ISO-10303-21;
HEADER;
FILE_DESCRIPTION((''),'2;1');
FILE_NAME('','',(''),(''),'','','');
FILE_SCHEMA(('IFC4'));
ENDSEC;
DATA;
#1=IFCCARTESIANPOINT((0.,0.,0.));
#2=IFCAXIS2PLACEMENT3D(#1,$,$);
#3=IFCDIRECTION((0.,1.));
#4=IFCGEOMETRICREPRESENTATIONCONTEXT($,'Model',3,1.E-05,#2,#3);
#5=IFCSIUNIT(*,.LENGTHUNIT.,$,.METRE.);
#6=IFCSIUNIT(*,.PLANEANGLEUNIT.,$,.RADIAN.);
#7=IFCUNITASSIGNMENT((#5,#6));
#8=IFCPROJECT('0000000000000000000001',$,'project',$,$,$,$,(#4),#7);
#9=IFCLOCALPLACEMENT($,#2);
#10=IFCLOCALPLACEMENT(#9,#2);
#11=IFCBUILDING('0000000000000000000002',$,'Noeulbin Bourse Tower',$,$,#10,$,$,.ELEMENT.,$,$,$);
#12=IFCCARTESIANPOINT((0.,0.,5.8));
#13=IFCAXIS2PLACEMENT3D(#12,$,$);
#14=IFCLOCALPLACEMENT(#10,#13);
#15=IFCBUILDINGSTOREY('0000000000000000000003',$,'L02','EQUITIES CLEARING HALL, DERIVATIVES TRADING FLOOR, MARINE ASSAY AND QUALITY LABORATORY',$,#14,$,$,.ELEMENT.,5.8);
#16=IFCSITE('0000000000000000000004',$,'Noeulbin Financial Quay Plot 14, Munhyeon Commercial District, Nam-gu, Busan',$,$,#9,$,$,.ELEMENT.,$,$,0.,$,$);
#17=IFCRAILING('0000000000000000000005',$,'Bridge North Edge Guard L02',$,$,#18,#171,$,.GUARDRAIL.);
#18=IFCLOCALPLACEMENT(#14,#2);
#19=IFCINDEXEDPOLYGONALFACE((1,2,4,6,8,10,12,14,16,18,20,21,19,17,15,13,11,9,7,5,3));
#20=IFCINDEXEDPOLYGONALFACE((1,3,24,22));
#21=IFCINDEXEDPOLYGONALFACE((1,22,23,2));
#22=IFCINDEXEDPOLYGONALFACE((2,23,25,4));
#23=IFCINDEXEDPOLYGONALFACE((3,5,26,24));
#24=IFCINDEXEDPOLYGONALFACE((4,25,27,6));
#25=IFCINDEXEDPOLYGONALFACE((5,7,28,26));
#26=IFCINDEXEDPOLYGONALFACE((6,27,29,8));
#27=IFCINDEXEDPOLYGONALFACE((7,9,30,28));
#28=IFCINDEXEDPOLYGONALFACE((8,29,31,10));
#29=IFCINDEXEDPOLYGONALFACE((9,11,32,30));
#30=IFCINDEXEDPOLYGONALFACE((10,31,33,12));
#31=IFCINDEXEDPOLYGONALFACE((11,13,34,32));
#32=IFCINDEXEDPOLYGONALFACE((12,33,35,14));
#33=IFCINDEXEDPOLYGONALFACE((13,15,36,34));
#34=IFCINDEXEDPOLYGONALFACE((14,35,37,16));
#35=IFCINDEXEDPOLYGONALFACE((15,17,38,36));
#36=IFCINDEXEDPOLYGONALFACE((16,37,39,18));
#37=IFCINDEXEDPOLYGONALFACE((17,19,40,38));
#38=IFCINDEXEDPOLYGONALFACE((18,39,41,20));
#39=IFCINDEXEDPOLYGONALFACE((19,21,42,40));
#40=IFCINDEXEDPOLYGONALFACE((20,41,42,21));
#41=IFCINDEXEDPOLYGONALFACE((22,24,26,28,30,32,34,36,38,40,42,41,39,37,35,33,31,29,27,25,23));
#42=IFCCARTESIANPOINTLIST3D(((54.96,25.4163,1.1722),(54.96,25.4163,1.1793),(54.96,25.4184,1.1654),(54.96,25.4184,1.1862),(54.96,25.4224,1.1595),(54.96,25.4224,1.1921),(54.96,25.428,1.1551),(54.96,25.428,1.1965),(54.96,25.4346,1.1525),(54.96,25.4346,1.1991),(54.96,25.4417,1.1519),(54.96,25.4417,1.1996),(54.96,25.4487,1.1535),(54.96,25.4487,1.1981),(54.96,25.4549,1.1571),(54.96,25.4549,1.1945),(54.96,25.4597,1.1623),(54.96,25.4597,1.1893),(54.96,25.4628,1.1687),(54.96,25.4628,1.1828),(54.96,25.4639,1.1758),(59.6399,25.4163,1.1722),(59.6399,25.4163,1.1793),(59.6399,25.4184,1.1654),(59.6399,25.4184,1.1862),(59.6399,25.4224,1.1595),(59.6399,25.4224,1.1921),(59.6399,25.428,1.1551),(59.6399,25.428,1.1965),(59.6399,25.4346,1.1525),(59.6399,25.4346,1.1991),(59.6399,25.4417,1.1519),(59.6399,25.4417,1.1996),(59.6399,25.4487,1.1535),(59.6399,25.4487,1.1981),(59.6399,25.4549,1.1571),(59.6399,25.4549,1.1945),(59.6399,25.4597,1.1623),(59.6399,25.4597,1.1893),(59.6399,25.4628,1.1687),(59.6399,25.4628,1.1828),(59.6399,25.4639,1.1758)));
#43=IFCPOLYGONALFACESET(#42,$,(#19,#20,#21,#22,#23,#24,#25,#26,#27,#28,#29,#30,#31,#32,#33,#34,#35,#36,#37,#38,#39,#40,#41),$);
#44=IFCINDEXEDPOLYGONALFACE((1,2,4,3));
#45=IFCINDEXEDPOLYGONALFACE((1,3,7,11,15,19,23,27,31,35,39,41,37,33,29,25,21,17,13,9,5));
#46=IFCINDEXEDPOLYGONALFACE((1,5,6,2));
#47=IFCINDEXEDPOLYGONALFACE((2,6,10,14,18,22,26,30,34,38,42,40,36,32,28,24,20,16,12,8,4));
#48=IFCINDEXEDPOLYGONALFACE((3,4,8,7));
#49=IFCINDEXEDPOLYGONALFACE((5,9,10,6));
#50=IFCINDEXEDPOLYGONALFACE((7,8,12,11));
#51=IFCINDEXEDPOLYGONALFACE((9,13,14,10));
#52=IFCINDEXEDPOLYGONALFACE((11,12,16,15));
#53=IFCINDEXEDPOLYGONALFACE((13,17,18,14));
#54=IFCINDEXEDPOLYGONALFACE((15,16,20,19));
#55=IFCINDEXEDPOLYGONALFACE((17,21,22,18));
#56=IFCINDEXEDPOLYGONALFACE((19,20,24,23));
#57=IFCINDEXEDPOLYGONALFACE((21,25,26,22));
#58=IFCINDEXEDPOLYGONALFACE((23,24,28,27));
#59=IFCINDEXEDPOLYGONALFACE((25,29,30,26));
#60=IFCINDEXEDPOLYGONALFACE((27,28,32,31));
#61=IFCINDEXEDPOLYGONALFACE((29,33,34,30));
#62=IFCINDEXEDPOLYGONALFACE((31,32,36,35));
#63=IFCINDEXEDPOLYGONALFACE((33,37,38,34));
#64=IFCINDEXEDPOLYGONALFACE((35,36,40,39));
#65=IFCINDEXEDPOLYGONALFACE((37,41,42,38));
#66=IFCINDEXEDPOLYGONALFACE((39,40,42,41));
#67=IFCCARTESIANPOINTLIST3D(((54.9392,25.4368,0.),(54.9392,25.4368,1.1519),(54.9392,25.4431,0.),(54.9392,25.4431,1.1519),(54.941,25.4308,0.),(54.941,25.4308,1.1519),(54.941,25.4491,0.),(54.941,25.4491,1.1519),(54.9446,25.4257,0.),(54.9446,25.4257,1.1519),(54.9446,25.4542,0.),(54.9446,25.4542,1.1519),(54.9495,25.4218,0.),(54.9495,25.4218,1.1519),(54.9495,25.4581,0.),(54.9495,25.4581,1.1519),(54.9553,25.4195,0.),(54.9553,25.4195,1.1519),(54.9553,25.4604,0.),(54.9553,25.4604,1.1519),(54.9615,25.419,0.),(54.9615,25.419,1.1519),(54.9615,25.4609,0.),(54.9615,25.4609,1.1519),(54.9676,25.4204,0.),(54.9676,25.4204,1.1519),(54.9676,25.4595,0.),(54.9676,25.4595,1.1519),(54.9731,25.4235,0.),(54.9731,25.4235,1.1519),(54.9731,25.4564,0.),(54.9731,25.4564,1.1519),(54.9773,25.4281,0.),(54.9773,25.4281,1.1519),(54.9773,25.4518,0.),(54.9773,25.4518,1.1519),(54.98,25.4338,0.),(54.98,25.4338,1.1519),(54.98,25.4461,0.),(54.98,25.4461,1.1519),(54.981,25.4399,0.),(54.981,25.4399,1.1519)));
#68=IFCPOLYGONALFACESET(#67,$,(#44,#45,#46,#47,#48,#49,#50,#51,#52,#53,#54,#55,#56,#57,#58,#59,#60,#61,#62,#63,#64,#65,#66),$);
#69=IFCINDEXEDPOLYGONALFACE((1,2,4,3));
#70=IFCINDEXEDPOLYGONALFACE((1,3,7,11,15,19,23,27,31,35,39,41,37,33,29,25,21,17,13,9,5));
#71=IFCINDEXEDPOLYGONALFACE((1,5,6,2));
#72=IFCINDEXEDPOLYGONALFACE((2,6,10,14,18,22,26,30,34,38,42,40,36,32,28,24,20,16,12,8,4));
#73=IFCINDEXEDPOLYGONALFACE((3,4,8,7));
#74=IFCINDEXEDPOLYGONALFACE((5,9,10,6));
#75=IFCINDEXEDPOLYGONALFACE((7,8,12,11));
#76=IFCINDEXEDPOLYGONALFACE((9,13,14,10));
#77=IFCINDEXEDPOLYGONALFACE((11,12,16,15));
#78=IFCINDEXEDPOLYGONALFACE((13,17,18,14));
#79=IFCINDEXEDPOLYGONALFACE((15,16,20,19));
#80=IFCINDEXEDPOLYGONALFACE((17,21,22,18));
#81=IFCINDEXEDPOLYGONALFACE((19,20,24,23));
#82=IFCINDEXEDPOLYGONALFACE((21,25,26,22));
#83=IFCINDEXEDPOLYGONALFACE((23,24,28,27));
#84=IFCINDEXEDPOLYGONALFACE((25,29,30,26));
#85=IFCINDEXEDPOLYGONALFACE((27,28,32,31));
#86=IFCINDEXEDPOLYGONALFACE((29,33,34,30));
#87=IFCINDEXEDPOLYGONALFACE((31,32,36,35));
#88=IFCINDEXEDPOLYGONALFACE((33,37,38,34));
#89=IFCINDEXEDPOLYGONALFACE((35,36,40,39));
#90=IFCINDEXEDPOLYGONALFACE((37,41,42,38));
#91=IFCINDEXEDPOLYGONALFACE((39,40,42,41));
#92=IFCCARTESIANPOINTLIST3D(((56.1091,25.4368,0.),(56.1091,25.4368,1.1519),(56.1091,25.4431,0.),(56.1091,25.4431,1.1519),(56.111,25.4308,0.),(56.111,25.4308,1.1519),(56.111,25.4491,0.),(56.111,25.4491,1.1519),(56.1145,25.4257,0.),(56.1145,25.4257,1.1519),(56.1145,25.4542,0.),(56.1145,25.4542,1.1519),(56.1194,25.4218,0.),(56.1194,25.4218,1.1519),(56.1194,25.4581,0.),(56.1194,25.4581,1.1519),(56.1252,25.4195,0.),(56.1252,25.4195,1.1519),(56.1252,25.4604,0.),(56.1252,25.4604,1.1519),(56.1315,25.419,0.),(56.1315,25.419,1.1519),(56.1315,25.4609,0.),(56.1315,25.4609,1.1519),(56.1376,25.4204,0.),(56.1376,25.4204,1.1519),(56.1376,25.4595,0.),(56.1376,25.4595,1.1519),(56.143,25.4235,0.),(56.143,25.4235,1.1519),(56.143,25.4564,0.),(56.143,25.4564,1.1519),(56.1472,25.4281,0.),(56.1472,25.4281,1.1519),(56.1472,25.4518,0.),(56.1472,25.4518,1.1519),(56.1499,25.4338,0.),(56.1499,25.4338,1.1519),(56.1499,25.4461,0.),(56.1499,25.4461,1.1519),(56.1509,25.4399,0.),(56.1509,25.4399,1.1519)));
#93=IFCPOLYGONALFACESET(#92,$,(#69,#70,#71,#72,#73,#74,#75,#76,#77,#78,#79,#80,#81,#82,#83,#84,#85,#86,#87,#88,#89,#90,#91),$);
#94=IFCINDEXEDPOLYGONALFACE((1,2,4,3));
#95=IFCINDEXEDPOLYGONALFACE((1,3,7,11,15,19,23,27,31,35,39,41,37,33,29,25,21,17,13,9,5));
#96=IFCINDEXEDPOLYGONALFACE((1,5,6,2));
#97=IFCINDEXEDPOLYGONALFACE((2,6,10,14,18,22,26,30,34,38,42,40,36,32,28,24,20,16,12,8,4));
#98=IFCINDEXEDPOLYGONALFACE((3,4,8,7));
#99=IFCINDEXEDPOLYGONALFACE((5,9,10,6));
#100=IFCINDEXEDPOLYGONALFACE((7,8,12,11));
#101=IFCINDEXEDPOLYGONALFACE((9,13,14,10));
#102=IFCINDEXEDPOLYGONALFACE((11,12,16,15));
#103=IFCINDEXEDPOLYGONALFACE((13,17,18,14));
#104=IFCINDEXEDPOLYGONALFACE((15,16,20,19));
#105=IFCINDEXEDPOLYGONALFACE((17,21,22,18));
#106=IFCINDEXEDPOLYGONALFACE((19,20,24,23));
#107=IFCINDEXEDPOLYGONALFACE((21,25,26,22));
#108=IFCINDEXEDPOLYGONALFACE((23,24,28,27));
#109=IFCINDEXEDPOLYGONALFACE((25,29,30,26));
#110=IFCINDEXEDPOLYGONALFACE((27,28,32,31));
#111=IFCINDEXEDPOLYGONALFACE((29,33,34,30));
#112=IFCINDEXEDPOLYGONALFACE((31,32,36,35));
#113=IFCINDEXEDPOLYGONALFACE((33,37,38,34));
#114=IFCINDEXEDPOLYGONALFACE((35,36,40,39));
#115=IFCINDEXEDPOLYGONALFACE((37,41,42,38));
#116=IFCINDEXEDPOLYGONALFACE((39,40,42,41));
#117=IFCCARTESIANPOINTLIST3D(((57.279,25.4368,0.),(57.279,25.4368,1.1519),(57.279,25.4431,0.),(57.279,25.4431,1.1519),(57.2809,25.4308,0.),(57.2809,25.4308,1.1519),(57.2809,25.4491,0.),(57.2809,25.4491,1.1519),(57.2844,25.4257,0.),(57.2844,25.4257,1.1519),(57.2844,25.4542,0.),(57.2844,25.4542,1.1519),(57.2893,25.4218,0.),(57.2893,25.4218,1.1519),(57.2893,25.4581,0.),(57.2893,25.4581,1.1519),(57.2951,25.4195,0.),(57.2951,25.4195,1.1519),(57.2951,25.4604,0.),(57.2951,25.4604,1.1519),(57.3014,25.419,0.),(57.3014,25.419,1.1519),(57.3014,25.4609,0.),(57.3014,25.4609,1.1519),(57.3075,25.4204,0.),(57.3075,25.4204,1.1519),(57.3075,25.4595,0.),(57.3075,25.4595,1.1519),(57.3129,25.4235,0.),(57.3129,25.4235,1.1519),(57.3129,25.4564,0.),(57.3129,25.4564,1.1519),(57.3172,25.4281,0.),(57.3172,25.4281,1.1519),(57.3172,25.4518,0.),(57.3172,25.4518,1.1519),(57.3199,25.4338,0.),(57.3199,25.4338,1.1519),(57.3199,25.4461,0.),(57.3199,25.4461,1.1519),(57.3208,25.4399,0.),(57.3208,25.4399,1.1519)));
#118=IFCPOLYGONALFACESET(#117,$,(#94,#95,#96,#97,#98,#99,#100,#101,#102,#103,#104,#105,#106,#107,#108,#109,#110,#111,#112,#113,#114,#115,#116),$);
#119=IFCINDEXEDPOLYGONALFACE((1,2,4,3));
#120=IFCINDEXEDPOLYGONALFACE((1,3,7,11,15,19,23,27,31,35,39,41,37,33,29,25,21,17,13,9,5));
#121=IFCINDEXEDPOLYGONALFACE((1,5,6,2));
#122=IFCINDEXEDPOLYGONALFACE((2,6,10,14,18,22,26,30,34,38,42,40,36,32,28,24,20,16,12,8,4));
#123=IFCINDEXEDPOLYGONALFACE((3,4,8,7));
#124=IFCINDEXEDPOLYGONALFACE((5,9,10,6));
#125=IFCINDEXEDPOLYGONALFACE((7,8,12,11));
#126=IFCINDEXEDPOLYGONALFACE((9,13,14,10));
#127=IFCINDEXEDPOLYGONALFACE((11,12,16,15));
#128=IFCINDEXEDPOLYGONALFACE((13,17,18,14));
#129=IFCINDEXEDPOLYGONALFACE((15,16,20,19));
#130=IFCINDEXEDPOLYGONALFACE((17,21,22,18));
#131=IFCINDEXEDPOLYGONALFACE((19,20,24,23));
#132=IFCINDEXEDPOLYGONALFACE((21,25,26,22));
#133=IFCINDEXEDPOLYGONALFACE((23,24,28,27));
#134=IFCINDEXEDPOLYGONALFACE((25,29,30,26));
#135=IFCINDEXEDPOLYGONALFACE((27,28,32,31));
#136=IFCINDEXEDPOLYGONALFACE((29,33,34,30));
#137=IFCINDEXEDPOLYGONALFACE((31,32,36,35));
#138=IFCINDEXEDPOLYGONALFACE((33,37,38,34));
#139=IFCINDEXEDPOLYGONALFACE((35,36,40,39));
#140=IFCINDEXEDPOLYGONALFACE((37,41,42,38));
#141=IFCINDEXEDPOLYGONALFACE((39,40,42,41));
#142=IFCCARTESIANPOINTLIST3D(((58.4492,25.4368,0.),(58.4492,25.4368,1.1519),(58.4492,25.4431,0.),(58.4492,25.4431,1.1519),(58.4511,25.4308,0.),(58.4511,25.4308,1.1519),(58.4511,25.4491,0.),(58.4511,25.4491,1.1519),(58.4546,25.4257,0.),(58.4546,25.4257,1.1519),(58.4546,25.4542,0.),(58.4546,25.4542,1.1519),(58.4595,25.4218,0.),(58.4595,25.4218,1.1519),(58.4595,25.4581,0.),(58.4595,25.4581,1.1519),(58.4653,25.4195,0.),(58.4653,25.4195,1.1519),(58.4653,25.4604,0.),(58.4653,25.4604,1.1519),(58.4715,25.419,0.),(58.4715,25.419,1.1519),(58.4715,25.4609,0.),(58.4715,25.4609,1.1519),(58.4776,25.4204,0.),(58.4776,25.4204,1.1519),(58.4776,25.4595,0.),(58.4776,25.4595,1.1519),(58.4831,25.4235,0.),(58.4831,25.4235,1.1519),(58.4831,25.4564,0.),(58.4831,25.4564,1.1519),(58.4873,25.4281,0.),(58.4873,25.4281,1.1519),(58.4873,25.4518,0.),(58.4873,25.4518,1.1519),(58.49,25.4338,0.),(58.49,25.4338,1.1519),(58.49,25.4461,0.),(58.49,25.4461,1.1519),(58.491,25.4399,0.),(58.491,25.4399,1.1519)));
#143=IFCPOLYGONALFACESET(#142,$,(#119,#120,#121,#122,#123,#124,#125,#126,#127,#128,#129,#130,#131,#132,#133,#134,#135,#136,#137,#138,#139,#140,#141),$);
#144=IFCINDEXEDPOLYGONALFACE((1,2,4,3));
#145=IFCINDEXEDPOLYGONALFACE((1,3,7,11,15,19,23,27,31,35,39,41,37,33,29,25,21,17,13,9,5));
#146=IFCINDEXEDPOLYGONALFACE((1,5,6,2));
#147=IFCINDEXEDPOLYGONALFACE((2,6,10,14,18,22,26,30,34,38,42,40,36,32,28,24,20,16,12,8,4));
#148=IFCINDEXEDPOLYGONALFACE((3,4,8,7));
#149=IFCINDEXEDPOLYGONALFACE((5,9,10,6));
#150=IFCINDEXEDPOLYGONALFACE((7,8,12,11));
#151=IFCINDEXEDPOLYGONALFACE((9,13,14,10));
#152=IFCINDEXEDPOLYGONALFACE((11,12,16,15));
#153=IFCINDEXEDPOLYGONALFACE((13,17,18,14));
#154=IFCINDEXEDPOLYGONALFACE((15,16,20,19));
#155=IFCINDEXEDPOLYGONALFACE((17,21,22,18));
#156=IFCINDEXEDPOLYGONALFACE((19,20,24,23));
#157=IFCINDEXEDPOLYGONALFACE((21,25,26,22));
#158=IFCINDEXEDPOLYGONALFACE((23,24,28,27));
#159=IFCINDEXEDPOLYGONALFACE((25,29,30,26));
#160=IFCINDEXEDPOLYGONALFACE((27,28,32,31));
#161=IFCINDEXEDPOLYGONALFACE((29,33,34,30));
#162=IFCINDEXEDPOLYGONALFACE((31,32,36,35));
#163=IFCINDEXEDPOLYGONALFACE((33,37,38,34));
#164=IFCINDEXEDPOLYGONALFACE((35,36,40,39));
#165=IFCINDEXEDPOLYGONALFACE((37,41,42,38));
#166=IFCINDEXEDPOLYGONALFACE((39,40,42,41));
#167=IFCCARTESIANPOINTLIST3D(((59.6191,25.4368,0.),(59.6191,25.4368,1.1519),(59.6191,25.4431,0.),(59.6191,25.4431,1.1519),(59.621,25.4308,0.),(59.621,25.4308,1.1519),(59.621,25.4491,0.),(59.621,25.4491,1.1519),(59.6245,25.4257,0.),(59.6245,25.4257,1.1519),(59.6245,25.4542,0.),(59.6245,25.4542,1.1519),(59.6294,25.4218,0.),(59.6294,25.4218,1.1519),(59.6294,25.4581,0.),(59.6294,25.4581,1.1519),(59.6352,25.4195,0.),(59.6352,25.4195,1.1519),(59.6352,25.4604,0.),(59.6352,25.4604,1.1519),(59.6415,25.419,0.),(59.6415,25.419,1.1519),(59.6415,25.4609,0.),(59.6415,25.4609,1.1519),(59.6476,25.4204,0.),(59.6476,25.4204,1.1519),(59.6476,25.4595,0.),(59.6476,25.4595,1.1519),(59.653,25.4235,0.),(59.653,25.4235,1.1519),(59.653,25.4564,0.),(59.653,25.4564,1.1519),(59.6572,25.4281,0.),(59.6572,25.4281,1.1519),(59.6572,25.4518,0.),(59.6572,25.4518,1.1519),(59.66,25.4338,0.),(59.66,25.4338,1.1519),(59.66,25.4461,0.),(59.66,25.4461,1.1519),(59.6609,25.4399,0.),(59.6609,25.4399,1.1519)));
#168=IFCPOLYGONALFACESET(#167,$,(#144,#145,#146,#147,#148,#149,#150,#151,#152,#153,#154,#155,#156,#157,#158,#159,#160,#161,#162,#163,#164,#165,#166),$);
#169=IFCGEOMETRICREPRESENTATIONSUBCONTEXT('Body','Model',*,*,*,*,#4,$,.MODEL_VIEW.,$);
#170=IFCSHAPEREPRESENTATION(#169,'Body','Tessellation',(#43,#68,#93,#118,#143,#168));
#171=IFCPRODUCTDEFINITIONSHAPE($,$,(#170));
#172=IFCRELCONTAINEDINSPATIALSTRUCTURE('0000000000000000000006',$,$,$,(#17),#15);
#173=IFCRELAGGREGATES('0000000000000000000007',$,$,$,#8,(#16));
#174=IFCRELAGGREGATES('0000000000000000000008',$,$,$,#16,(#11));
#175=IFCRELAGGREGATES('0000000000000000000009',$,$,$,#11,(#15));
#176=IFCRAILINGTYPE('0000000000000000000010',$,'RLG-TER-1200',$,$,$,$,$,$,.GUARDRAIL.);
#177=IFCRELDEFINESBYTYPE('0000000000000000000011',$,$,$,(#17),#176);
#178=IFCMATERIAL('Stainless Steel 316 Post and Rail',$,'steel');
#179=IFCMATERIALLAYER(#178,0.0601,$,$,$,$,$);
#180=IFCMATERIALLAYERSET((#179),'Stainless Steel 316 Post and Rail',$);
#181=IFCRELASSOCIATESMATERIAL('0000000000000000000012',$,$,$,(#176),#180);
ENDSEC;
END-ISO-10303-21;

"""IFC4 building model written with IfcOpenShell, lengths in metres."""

from ifc_helpers import new_model, si_unit, direction, frame, origin, origin_2d, place, context, subcontext, project, spatial, circle, extrude, material, layer, layer_set, type_object, element, save


model = new_model("IFC4")

# Units and contexts
model_context = context("Model", 3, precision=1e-05, world=origin(), true_north=direction((0.0, 1.0)))
body_context = subcontext(model_context, "Body", "Model", "MODEL_VIEW")
ifc_project = project(units=[si_unit("LENGTHUNIT", "METRE"), si_unit("PLANEANGLEUNIT", "RADIAN")], contexts=[model_context])

# Site, building, storey
site_placement = place(None, origin())
site = spatial("IfcSite", under=ifc_project, at=site_placement, Name="Noeulbin Financial Quay Plot 14, Munhyeon Commercial District, Nam-gu, Busan", CompositionType="ELEMENT", RefElevation=0.0)
building_placement = place(site_placement, origin())
building = spatial("IfcBuilding", under=site, at=building_placement, Name="Noeulbin Bourse Tower", CompositionType="ELEMENT")
storey_placement = place(building_placement, frame((0.0, 0.0, 5.8)))
storey = spatial("IfcBuildingStorey", under=building, at=storey_placement, Name="L02", Description="EQUITIES CLEARING HALL, DERIVATIVES TRADING FLOOR, MARINE ASSAY AND QUALITY LABORATORY", CompositionType="ELEMENT", Elevation=5.8)

# Railing
ifc_material_1 = material(Name="Stainless Steel 316 Post and Rail", Category="steel")
ifc_layer_1 = layer(ifc_material_1, 0.0601)
ifc_layer_set_1 = layer_set([ifc_layer_1], Name="Stainless Steel 316 Post and Rail")
railing_type = type_object("IfcRailingType", Name="RLG-TER-1200", PredefinedType="GUARDRAIL", material=ifc_layer_set_1)
for number, where, name in (
    (1, (54.96, 25.4399, 0.0), "Bridge North Edge Guard L02"),
):
    element("IfcRailing", number, at=place(storey_placement, frame(where)), inside=storey, type_object=railing_type, Name=name, PredefinedType="GUARDRAIL", context=body_context, shape_type="SweptSolid", body=[
        extrude(circle(Radius=0.0239, at=origin_2d()), frame((0.0, 0.0, 1.1758), z_axis=(1.0, 0.0, 0.0), x_axis=(0.0, 1.0, 0.0)), (0.0, 0.0, 1.0), 4.6799),
        extrude(circle(Radius=0.021, at=origin_2d()), origin(), (0.0, 0.0, 1.0), 1.1519),
        extrude(circle(Radius=0.021, at=origin_2d()), frame((1.1699, 0.0, 0.0)), (0.0, 0.0, 1.0), 1.1519),
        extrude(circle(Radius=0.021, at=origin_2d()), frame((2.3398, 0.0, 0.0)), (0.0, 0.0, 1.0), 1.1519),
        extrude(circle(Radius=0.021, at=origin_2d()), frame((3.51, 0.0, 0.0)), (0.0, 0.0, 1.0), 1.1519),
        extrude(circle(Radius=0.021, at=origin_2d()), frame((4.6799, 0.0, 0.0)), (0.0, 0.0, 1.0), 1.1519),
    ])

save(model, "model.ifc")
